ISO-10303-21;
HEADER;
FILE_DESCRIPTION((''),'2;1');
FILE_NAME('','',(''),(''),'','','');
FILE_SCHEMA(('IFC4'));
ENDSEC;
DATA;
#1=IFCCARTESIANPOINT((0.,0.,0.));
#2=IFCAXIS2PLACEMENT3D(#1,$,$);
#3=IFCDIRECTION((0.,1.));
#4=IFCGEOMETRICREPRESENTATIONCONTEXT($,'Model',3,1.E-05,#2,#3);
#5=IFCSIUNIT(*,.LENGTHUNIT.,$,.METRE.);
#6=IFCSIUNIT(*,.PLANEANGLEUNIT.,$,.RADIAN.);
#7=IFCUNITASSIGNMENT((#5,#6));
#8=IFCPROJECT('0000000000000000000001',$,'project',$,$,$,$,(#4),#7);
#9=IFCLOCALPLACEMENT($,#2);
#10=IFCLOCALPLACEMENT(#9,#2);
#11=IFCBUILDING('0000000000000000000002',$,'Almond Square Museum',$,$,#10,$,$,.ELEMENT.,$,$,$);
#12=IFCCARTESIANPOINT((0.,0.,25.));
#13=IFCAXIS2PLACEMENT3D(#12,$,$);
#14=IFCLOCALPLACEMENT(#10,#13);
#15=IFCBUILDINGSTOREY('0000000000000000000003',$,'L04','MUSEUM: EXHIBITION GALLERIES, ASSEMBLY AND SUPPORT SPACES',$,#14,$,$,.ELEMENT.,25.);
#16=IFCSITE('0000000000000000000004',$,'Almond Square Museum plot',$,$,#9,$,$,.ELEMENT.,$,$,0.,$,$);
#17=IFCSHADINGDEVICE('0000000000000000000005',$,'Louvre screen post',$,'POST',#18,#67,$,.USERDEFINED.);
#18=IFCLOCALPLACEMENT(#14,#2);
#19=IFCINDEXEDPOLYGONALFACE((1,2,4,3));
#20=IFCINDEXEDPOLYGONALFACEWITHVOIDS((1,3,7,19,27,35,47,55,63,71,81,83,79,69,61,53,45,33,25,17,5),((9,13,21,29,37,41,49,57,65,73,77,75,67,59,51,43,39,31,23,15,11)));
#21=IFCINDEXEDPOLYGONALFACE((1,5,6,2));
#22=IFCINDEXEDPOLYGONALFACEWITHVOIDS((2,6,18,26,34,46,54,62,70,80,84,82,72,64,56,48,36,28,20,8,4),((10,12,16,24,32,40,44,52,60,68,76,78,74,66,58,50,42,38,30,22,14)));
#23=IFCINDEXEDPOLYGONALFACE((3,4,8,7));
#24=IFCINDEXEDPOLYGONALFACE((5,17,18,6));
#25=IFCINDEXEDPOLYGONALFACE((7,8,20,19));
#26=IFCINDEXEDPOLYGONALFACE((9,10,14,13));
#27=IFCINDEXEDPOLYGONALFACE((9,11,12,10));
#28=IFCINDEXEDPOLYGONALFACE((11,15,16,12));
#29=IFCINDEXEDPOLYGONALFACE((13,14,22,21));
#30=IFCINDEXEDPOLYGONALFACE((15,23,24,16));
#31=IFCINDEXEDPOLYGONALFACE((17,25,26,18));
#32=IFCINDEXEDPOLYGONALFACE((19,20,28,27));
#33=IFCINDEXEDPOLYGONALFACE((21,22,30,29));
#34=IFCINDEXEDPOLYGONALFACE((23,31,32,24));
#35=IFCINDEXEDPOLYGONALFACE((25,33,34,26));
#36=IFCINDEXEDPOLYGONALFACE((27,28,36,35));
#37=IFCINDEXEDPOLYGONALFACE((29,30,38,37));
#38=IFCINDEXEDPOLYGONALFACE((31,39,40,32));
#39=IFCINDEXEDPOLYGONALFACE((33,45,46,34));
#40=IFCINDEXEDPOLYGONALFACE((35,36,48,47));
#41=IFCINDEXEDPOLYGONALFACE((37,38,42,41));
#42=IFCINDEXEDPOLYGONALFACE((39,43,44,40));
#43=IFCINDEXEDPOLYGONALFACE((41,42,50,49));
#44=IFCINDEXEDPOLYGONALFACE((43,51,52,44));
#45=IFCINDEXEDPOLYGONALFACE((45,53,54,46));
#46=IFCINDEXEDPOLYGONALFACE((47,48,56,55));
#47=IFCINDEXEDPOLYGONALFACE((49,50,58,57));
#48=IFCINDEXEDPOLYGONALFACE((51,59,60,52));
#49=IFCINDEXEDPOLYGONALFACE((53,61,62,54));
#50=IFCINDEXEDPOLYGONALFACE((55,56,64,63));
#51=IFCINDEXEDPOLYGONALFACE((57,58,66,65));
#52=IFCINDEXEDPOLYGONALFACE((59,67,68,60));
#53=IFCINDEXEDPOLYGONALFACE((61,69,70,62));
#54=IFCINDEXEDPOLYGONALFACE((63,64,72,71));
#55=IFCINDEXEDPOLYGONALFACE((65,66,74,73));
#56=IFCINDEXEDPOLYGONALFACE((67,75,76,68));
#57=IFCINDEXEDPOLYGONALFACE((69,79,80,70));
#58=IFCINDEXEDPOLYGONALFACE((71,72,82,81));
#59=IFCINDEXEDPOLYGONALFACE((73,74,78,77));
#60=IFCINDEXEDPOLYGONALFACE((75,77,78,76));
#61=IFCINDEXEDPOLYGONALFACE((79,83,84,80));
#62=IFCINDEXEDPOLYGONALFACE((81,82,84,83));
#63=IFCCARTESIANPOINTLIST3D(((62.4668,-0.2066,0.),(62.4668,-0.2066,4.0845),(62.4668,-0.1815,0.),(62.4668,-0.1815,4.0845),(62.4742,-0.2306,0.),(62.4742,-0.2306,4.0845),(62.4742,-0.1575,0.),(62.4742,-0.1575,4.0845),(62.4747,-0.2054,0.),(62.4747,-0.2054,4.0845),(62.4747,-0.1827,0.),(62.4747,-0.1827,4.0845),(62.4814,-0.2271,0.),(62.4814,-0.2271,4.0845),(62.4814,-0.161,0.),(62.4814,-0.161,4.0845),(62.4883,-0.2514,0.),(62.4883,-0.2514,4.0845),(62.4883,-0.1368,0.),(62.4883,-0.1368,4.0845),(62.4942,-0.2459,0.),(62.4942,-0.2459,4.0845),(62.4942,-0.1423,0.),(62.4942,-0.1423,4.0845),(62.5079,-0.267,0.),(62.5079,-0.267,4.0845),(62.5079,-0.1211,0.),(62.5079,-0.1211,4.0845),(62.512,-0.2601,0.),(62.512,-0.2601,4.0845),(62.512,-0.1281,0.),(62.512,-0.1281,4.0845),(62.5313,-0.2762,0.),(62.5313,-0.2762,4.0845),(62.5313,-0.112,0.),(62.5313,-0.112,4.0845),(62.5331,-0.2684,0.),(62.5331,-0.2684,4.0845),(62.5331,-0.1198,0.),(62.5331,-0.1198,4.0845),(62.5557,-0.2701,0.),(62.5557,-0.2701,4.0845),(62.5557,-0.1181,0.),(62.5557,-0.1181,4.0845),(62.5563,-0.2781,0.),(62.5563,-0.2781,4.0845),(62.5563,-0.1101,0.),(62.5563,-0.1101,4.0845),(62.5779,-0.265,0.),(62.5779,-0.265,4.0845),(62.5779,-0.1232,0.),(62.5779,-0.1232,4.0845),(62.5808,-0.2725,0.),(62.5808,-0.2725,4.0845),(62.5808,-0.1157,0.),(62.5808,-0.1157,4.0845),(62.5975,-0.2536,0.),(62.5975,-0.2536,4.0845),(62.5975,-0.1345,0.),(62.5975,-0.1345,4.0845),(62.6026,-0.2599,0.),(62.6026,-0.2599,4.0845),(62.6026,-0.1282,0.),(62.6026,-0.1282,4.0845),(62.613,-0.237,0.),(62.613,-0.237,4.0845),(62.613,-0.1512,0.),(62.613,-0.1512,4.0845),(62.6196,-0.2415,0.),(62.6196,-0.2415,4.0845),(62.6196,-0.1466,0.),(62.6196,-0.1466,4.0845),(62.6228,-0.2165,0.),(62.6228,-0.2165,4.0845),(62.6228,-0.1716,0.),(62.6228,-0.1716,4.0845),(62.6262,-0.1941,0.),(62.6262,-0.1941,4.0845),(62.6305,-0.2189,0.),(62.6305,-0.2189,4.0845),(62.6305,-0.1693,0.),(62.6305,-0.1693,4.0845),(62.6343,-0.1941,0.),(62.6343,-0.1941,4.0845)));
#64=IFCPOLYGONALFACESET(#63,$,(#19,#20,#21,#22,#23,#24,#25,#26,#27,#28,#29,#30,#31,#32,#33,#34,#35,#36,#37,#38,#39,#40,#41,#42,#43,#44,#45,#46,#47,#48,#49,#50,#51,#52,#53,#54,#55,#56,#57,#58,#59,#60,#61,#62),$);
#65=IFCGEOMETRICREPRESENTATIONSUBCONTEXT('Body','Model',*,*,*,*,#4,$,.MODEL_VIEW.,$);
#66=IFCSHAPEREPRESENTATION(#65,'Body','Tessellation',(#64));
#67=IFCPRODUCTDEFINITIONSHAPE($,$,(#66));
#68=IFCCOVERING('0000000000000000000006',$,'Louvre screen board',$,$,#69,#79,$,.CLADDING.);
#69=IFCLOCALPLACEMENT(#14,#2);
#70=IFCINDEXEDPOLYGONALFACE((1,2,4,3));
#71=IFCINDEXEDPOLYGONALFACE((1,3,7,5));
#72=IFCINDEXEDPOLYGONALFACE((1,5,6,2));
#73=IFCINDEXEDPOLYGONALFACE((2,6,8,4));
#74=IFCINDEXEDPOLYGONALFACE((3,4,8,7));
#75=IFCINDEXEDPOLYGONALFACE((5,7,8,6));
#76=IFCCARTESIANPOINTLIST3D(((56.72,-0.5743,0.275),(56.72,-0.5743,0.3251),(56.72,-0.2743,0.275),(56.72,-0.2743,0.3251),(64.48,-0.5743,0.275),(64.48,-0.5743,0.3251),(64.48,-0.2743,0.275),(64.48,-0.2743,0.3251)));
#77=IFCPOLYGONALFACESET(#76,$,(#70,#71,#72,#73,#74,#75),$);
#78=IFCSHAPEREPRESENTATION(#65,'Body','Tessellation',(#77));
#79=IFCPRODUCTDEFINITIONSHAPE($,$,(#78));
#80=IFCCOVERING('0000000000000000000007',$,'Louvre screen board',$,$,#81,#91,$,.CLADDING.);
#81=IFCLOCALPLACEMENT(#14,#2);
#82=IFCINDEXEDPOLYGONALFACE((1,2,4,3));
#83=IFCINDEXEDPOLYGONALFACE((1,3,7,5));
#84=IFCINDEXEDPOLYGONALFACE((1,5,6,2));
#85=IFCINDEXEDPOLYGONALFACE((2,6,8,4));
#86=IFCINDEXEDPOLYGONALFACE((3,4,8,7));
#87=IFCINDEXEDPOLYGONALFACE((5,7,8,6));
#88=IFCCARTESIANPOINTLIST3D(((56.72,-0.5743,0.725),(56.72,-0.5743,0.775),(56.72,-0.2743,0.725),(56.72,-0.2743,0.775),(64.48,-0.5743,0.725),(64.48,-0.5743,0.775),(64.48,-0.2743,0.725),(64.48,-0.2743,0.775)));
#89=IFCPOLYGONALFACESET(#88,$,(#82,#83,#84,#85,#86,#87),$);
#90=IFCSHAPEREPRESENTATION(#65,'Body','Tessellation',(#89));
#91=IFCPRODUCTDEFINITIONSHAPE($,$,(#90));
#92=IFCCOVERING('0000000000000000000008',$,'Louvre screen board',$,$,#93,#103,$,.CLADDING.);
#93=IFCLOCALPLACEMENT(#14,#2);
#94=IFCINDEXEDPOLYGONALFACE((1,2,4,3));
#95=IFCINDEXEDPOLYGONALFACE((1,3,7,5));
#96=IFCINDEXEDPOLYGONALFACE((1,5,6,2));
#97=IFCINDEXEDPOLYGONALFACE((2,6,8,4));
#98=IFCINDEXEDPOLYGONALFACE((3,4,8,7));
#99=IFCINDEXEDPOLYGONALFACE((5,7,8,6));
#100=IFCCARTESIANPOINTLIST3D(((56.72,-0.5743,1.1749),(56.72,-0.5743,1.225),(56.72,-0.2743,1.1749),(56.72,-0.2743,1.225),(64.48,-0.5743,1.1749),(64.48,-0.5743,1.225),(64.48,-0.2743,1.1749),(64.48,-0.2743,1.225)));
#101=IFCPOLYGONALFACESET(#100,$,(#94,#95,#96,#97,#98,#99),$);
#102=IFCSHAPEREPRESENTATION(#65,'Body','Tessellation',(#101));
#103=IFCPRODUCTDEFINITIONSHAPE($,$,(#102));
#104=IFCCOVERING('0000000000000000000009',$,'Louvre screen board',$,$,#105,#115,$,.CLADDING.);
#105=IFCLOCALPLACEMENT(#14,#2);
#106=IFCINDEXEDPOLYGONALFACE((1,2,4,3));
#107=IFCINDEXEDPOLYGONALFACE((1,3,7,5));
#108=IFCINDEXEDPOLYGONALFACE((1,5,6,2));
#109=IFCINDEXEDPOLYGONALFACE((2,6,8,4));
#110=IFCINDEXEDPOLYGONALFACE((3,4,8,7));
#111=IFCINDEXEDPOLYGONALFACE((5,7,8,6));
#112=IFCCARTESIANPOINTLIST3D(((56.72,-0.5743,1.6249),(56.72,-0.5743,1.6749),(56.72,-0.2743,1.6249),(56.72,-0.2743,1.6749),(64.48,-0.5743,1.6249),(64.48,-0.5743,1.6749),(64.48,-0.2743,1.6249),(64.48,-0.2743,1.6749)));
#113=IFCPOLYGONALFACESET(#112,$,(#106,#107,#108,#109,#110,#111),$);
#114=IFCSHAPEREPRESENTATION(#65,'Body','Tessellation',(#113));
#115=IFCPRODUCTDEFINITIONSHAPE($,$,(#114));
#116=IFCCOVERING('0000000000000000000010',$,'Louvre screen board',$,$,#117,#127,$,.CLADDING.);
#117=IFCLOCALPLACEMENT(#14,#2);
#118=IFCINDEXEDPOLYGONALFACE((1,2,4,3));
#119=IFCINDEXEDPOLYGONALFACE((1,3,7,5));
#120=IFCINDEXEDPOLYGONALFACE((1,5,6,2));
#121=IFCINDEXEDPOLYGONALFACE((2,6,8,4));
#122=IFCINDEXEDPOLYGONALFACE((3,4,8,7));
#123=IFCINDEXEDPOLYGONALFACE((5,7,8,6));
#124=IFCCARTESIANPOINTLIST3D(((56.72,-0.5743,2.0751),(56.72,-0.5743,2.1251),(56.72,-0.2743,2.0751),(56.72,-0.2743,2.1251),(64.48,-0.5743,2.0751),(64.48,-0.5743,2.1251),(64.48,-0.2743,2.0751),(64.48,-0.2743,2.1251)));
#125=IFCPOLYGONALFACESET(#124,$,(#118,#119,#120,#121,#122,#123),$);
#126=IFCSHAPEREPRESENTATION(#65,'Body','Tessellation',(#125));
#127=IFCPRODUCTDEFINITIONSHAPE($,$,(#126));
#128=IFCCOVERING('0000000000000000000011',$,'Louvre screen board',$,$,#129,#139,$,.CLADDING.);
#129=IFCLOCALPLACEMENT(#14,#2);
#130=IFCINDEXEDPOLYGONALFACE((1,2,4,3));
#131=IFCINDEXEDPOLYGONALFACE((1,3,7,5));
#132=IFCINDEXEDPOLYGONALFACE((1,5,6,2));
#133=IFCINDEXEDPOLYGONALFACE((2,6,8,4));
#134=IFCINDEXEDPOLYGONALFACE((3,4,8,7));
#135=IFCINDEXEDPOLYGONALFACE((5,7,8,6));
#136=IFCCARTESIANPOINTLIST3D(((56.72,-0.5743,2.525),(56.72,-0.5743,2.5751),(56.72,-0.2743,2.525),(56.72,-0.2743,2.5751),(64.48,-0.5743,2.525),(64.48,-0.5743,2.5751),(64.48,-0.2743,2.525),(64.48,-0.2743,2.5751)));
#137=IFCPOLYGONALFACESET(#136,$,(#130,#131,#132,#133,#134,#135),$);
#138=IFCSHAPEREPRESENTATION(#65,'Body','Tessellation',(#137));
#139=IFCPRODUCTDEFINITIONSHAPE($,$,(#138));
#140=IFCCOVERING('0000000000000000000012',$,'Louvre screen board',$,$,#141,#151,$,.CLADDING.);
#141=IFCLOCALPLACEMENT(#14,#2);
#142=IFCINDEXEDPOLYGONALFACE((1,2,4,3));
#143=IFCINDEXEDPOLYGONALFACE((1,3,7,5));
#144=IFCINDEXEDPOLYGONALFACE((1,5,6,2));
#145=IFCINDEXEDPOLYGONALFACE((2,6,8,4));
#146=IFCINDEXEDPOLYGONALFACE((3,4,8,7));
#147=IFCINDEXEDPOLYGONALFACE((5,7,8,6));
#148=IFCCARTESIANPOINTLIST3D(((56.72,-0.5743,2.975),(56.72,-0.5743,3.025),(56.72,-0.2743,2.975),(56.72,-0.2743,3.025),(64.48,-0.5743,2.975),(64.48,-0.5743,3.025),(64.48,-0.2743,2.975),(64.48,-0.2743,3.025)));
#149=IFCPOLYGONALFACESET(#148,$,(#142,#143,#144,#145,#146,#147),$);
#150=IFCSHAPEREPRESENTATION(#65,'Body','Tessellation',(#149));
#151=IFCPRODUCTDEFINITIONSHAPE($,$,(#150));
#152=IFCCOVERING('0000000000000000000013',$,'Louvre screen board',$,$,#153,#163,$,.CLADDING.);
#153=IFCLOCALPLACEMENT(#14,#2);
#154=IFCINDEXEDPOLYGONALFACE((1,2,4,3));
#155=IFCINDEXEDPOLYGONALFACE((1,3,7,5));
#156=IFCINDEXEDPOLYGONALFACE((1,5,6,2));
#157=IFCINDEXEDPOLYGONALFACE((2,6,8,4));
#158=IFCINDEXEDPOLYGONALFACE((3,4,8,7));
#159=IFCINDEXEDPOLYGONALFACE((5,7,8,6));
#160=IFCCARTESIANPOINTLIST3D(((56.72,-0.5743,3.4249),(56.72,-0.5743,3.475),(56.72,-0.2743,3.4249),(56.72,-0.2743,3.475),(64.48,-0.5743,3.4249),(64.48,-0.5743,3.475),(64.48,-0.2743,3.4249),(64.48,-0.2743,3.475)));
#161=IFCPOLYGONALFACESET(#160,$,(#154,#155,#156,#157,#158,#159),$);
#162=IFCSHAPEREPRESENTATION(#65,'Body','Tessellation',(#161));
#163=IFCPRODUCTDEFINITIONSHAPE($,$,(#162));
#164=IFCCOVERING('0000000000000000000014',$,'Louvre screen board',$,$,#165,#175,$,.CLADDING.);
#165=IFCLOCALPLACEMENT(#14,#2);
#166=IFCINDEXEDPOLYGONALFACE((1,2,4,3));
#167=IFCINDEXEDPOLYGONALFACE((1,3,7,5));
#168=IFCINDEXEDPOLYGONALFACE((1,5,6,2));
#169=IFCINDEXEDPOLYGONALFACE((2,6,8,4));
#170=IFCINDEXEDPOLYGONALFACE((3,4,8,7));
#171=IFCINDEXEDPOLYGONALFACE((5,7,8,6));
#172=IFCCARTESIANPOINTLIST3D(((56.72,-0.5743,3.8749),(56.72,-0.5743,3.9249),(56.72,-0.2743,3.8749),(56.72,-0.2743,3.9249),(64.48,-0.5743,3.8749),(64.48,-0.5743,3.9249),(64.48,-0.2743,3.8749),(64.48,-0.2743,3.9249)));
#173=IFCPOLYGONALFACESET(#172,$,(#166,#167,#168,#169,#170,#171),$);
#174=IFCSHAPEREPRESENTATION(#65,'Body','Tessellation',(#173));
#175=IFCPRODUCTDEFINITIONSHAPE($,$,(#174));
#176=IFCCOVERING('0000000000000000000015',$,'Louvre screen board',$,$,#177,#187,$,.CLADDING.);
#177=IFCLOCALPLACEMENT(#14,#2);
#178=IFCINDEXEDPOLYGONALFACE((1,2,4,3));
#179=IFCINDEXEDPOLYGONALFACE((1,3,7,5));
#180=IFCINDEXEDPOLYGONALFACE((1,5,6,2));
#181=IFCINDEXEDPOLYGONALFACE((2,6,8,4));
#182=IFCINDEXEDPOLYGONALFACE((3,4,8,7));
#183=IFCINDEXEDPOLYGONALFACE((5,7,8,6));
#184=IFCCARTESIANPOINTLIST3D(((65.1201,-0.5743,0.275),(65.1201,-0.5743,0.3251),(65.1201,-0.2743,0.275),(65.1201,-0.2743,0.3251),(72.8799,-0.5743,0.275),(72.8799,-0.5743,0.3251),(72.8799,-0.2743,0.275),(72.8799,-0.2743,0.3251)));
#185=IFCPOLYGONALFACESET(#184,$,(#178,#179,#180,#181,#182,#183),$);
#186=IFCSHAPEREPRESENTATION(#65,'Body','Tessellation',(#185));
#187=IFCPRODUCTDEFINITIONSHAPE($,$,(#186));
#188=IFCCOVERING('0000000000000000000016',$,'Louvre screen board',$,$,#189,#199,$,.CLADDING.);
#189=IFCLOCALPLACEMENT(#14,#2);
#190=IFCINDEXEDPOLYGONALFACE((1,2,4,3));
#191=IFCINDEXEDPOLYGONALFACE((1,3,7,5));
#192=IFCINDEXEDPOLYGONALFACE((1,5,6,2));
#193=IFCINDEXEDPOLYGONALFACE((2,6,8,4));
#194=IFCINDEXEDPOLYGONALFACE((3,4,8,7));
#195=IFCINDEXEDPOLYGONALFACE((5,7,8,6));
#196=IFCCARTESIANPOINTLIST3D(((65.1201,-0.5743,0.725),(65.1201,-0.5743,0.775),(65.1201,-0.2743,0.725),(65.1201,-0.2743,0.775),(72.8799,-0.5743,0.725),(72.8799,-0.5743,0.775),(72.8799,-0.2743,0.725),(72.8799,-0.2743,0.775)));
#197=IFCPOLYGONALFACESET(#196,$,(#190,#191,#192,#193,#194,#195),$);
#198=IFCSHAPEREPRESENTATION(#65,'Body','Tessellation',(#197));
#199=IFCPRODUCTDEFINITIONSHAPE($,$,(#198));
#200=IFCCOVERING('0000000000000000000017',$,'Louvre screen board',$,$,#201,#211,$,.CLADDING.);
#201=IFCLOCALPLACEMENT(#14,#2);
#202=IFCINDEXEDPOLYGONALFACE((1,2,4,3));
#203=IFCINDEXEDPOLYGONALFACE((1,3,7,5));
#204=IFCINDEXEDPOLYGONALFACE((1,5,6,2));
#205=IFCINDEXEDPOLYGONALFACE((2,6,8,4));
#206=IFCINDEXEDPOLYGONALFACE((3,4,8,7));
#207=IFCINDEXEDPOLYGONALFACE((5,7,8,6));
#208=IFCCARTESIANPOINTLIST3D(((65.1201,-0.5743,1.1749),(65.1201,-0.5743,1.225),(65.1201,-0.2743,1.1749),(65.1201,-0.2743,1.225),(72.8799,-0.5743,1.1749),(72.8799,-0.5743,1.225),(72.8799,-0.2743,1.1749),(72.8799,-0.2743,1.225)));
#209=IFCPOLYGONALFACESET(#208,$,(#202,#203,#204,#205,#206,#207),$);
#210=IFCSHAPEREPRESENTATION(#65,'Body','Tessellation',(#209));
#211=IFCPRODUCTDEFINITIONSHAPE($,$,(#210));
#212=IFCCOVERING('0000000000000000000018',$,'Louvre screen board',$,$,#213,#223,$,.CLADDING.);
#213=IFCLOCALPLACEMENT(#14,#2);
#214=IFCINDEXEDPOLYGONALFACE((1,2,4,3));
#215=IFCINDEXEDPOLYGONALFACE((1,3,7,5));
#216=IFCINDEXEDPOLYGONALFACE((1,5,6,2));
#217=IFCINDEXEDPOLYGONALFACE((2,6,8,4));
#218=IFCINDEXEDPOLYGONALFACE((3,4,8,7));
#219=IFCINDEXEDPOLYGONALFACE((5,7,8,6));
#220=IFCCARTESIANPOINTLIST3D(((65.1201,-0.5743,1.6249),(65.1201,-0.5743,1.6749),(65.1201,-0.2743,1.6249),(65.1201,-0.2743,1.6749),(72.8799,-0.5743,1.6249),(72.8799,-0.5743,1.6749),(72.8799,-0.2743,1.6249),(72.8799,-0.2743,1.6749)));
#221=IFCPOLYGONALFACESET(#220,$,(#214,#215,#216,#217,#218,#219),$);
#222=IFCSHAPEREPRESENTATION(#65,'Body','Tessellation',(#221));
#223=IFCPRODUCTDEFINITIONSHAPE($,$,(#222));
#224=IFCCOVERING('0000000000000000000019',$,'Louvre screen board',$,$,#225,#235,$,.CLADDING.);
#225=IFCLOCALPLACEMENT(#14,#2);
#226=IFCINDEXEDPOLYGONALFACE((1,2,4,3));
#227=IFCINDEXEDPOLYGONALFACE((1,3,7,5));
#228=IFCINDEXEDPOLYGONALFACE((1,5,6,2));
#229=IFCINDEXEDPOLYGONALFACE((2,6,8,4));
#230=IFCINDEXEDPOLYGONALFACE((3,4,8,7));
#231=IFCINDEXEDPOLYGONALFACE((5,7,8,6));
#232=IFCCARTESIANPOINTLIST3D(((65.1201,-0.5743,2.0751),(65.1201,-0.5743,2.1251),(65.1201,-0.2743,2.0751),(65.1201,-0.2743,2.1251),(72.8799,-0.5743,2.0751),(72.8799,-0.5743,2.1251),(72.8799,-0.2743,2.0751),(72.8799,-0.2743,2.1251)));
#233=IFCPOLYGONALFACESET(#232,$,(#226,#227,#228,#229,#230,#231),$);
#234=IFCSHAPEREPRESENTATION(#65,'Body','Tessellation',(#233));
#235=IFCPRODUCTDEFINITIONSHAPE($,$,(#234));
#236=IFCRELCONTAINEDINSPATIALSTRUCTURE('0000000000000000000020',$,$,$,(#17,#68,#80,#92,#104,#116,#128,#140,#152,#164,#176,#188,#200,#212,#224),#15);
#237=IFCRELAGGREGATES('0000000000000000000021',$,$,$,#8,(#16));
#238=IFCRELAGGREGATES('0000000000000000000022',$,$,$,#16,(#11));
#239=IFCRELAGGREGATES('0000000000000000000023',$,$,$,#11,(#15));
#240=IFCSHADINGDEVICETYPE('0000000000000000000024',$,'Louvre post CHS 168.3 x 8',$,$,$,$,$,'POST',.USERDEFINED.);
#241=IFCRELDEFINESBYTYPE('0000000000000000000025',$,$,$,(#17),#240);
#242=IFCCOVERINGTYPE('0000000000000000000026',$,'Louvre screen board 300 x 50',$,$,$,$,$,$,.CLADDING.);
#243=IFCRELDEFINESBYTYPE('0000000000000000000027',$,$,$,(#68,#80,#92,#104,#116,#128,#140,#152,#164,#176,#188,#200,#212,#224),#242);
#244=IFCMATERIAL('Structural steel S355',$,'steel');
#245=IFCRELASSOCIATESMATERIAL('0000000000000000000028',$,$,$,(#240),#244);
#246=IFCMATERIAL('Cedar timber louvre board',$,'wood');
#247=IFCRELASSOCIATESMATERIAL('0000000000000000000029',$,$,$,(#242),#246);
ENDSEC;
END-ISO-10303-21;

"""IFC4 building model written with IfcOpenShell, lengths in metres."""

from ifc_helpers import new_model, si_unit, direction, frame, origin, origin_2d, place, context, subcontext, project, spatial, rectangle, hollow_circle, extrude, material, material_profile, profile_set, type_object, element, save


model = new_model("IFC4")

# Units and contexts
model_context = context("Model", 3, precision=1e-05, world=origin(), true_north=direction((0.0, 1.0)))
body_context = subcontext(model_context, "Body", "Model", "MODEL_VIEW")
ifc_project = project(units=[si_unit("LENGTHUNIT", "METRE"), si_unit("PLANEANGLEUNIT", "RADIAN")], contexts=[model_context])

# Site, building, storey
site_placement = place(None, origin())
site = spatial("IfcSite", under=ifc_project, at=site_placement, Name="Almond Square Museum plot", CompositionType="ELEMENT", RefElevation=0.0)
building_placement = place(site_placement, origin())
building = spatial("IfcBuilding", under=site, at=building_placement, Name="Almond Square Museum", CompositionType="ELEMENT")
storey_placement = place(building_placement, frame((0.0, 0.0, 25.0)))
storey = spatial("IfcBuildingStorey", under=building, at=storey_placement, Name="L04", Description="MUSEUM: EXHIBITION GALLERIES, ASSEMBLY AND SUPPORT SPACES", CompositionType="ELEMENT", Elevation=25.0)

# Shading device
ifc_material_1 = material(Name="Structural steel S355", Category="steel")
ifc_material_profile_1 = material_profile(ifc_material_1, hollow_circle(Radius=0.0842, WallThickness=0.0081, at=origin_2d()))
ifc_profile_set_1 = profile_set([ifc_material_profile_1], Name="Structural steel S355")
shading_device_type = type_object("IfcShadingDeviceType", Name="Louvre post CHS 168.3 x 8", ElementType="POST", PredefinedType="USERDEFINED", material=ifc_profile_set_1)
for number, where, z_axis, x_axis, name in (
    (1, (62.55, -0.1941, 0.0), (0.0, 0.0, 1.0), (1.0, 0.0, 0.0), "Louvre screen post"),
):
    element("IfcShadingDevice", number, at=place(storey_placement, frame(where, z_axis=z_axis, x_axis=x_axis)), inside=storey, type_object=shading_device_type, Name=name, ObjectType="POST", PredefinedType="USERDEFINED", context=body_context, shape_type="SweptSolid", body=[
        extrude(hollow_circle(Radius=0.0842, WallThickness=0.0081, at=origin_2d()), origin(), (0.0, 0.0, 1.0), 4.0845),
    ])

# Coverings
ifc_material_2 = material(Name="Cedar timber louvre board", Category="wood")
ifc_material_profile_2 = material_profile(ifc_material_2, rectangle(XDim=0.3, YDim=0.05, at=origin_2d()))
ifc_profile_set_2 = profile_set([ifc_material_profile_2], Name="Cedar timber louvre board")
covering_type = type_object("IfcCoveringType", Name="Louvre screen board 300 x 50", PredefinedType="CLADDING", material=ifc_profile_set_2)
for number, where, z_axis, x_axis, name in (
    (2, (56.72, -0.4243, 0.3), (1.0, 0.0, 0.0), (0.0, 1.0, 0.0), "Louvre screen board"),
    (3, (56.72, -0.4243, 0.75), (1.0, 0.0, 0.0), (0.0, 1.0, 0.0), "Louvre screen board"),
    (4, (56.72, -0.4243, 1.2), (1.0, 0.0, 0.0), (0.0, 1.0, 0.0), "Louvre screen board"),
    (5, (56.72, -0.4243, 1.6499), (1.0, 0.0, 0.0), (0.0, 1.0, 0.0), "Louvre screen board"),
    (6, (56.72, -0.4243, 2.1001), (1.0, 0.0, 0.0), (0.0, 1.0, 0.0), "Louvre screen board"),
    (7, (56.72, -0.4243, 2.55), (1.0, 0.0, 0.0), (0.0, 1.0, 0.0), "Louvre screen board"),
    (8, (56.72, -0.4243, 3.0), (1.0, 0.0, 0.0), (0.0, 1.0, 0.0), "Louvre screen board"),
    (9, (56.72, -0.4243, 3.45), (1.0, 0.0, 0.0), (0.0, 1.0, 0.0), "Louvre screen board"),
    (10, (56.72, -0.4243, 3.8999), (1.0, 0.0, 0.0), (0.0, 1.0, 0.0), "Louvre screen board"),
):
    element("IfcCovering", number, at=place(storey_placement, frame(where, z_axis=z_axis, x_axis=x_axis)), inside=storey, type_object=covering_type, Name=name, PredefinedType="CLADDING", context=body_context, shape_type="SweptSolid", body=[
        extrude(rectangle(XDim=0.3, YDim=0.05, at=origin_2d()), origin(), (0.0, 0.0, 1.0), 7.76),
    ])
for number, where, z_axis, x_axis, name in (
    (11, (65.1201, -0.4243, 0.3), (1.0, 0.0, 0.0), (0.0, 1.0, 0.0), "Louvre screen board"),
    (12, (65.1201, -0.4243, 0.75), (1.0, 0.0, 0.0), (0.0, 1.0, 0.0), "Louvre screen board"),
    (13, (65.1201, -0.4243, 1.2), (1.0, 0.0, 0.0), (0.0, 1.0, 0.0), "Louvre screen board"),
    (14, (65.1201, -0.4243, 1.6499), (1.0, 0.0, 0.0), (0.0, 1.0, 0.0), "Louvre screen board"),
    (15, (65.1201, -0.4243, 2.1001), (1.0, 0.0, 0.0), (0.0, 1.0, 0.0), "Louvre screen board"),
):
    element("IfcCovering", number, at=place(storey_placement, frame(where, z_axis=z_axis, x_axis=x_axis)), inside=storey, type_object=covering_type, Name=name, PredefinedType="CLADDING", context=body_context, shape_type="SweptSolid", body=[
        extrude(rectangle(XDim=0.3, YDim=0.05, at=origin_2d()), origin(), (0.0, 0.0, 1.0), 7.7598),
    ])

save(model, "model.ifc")
